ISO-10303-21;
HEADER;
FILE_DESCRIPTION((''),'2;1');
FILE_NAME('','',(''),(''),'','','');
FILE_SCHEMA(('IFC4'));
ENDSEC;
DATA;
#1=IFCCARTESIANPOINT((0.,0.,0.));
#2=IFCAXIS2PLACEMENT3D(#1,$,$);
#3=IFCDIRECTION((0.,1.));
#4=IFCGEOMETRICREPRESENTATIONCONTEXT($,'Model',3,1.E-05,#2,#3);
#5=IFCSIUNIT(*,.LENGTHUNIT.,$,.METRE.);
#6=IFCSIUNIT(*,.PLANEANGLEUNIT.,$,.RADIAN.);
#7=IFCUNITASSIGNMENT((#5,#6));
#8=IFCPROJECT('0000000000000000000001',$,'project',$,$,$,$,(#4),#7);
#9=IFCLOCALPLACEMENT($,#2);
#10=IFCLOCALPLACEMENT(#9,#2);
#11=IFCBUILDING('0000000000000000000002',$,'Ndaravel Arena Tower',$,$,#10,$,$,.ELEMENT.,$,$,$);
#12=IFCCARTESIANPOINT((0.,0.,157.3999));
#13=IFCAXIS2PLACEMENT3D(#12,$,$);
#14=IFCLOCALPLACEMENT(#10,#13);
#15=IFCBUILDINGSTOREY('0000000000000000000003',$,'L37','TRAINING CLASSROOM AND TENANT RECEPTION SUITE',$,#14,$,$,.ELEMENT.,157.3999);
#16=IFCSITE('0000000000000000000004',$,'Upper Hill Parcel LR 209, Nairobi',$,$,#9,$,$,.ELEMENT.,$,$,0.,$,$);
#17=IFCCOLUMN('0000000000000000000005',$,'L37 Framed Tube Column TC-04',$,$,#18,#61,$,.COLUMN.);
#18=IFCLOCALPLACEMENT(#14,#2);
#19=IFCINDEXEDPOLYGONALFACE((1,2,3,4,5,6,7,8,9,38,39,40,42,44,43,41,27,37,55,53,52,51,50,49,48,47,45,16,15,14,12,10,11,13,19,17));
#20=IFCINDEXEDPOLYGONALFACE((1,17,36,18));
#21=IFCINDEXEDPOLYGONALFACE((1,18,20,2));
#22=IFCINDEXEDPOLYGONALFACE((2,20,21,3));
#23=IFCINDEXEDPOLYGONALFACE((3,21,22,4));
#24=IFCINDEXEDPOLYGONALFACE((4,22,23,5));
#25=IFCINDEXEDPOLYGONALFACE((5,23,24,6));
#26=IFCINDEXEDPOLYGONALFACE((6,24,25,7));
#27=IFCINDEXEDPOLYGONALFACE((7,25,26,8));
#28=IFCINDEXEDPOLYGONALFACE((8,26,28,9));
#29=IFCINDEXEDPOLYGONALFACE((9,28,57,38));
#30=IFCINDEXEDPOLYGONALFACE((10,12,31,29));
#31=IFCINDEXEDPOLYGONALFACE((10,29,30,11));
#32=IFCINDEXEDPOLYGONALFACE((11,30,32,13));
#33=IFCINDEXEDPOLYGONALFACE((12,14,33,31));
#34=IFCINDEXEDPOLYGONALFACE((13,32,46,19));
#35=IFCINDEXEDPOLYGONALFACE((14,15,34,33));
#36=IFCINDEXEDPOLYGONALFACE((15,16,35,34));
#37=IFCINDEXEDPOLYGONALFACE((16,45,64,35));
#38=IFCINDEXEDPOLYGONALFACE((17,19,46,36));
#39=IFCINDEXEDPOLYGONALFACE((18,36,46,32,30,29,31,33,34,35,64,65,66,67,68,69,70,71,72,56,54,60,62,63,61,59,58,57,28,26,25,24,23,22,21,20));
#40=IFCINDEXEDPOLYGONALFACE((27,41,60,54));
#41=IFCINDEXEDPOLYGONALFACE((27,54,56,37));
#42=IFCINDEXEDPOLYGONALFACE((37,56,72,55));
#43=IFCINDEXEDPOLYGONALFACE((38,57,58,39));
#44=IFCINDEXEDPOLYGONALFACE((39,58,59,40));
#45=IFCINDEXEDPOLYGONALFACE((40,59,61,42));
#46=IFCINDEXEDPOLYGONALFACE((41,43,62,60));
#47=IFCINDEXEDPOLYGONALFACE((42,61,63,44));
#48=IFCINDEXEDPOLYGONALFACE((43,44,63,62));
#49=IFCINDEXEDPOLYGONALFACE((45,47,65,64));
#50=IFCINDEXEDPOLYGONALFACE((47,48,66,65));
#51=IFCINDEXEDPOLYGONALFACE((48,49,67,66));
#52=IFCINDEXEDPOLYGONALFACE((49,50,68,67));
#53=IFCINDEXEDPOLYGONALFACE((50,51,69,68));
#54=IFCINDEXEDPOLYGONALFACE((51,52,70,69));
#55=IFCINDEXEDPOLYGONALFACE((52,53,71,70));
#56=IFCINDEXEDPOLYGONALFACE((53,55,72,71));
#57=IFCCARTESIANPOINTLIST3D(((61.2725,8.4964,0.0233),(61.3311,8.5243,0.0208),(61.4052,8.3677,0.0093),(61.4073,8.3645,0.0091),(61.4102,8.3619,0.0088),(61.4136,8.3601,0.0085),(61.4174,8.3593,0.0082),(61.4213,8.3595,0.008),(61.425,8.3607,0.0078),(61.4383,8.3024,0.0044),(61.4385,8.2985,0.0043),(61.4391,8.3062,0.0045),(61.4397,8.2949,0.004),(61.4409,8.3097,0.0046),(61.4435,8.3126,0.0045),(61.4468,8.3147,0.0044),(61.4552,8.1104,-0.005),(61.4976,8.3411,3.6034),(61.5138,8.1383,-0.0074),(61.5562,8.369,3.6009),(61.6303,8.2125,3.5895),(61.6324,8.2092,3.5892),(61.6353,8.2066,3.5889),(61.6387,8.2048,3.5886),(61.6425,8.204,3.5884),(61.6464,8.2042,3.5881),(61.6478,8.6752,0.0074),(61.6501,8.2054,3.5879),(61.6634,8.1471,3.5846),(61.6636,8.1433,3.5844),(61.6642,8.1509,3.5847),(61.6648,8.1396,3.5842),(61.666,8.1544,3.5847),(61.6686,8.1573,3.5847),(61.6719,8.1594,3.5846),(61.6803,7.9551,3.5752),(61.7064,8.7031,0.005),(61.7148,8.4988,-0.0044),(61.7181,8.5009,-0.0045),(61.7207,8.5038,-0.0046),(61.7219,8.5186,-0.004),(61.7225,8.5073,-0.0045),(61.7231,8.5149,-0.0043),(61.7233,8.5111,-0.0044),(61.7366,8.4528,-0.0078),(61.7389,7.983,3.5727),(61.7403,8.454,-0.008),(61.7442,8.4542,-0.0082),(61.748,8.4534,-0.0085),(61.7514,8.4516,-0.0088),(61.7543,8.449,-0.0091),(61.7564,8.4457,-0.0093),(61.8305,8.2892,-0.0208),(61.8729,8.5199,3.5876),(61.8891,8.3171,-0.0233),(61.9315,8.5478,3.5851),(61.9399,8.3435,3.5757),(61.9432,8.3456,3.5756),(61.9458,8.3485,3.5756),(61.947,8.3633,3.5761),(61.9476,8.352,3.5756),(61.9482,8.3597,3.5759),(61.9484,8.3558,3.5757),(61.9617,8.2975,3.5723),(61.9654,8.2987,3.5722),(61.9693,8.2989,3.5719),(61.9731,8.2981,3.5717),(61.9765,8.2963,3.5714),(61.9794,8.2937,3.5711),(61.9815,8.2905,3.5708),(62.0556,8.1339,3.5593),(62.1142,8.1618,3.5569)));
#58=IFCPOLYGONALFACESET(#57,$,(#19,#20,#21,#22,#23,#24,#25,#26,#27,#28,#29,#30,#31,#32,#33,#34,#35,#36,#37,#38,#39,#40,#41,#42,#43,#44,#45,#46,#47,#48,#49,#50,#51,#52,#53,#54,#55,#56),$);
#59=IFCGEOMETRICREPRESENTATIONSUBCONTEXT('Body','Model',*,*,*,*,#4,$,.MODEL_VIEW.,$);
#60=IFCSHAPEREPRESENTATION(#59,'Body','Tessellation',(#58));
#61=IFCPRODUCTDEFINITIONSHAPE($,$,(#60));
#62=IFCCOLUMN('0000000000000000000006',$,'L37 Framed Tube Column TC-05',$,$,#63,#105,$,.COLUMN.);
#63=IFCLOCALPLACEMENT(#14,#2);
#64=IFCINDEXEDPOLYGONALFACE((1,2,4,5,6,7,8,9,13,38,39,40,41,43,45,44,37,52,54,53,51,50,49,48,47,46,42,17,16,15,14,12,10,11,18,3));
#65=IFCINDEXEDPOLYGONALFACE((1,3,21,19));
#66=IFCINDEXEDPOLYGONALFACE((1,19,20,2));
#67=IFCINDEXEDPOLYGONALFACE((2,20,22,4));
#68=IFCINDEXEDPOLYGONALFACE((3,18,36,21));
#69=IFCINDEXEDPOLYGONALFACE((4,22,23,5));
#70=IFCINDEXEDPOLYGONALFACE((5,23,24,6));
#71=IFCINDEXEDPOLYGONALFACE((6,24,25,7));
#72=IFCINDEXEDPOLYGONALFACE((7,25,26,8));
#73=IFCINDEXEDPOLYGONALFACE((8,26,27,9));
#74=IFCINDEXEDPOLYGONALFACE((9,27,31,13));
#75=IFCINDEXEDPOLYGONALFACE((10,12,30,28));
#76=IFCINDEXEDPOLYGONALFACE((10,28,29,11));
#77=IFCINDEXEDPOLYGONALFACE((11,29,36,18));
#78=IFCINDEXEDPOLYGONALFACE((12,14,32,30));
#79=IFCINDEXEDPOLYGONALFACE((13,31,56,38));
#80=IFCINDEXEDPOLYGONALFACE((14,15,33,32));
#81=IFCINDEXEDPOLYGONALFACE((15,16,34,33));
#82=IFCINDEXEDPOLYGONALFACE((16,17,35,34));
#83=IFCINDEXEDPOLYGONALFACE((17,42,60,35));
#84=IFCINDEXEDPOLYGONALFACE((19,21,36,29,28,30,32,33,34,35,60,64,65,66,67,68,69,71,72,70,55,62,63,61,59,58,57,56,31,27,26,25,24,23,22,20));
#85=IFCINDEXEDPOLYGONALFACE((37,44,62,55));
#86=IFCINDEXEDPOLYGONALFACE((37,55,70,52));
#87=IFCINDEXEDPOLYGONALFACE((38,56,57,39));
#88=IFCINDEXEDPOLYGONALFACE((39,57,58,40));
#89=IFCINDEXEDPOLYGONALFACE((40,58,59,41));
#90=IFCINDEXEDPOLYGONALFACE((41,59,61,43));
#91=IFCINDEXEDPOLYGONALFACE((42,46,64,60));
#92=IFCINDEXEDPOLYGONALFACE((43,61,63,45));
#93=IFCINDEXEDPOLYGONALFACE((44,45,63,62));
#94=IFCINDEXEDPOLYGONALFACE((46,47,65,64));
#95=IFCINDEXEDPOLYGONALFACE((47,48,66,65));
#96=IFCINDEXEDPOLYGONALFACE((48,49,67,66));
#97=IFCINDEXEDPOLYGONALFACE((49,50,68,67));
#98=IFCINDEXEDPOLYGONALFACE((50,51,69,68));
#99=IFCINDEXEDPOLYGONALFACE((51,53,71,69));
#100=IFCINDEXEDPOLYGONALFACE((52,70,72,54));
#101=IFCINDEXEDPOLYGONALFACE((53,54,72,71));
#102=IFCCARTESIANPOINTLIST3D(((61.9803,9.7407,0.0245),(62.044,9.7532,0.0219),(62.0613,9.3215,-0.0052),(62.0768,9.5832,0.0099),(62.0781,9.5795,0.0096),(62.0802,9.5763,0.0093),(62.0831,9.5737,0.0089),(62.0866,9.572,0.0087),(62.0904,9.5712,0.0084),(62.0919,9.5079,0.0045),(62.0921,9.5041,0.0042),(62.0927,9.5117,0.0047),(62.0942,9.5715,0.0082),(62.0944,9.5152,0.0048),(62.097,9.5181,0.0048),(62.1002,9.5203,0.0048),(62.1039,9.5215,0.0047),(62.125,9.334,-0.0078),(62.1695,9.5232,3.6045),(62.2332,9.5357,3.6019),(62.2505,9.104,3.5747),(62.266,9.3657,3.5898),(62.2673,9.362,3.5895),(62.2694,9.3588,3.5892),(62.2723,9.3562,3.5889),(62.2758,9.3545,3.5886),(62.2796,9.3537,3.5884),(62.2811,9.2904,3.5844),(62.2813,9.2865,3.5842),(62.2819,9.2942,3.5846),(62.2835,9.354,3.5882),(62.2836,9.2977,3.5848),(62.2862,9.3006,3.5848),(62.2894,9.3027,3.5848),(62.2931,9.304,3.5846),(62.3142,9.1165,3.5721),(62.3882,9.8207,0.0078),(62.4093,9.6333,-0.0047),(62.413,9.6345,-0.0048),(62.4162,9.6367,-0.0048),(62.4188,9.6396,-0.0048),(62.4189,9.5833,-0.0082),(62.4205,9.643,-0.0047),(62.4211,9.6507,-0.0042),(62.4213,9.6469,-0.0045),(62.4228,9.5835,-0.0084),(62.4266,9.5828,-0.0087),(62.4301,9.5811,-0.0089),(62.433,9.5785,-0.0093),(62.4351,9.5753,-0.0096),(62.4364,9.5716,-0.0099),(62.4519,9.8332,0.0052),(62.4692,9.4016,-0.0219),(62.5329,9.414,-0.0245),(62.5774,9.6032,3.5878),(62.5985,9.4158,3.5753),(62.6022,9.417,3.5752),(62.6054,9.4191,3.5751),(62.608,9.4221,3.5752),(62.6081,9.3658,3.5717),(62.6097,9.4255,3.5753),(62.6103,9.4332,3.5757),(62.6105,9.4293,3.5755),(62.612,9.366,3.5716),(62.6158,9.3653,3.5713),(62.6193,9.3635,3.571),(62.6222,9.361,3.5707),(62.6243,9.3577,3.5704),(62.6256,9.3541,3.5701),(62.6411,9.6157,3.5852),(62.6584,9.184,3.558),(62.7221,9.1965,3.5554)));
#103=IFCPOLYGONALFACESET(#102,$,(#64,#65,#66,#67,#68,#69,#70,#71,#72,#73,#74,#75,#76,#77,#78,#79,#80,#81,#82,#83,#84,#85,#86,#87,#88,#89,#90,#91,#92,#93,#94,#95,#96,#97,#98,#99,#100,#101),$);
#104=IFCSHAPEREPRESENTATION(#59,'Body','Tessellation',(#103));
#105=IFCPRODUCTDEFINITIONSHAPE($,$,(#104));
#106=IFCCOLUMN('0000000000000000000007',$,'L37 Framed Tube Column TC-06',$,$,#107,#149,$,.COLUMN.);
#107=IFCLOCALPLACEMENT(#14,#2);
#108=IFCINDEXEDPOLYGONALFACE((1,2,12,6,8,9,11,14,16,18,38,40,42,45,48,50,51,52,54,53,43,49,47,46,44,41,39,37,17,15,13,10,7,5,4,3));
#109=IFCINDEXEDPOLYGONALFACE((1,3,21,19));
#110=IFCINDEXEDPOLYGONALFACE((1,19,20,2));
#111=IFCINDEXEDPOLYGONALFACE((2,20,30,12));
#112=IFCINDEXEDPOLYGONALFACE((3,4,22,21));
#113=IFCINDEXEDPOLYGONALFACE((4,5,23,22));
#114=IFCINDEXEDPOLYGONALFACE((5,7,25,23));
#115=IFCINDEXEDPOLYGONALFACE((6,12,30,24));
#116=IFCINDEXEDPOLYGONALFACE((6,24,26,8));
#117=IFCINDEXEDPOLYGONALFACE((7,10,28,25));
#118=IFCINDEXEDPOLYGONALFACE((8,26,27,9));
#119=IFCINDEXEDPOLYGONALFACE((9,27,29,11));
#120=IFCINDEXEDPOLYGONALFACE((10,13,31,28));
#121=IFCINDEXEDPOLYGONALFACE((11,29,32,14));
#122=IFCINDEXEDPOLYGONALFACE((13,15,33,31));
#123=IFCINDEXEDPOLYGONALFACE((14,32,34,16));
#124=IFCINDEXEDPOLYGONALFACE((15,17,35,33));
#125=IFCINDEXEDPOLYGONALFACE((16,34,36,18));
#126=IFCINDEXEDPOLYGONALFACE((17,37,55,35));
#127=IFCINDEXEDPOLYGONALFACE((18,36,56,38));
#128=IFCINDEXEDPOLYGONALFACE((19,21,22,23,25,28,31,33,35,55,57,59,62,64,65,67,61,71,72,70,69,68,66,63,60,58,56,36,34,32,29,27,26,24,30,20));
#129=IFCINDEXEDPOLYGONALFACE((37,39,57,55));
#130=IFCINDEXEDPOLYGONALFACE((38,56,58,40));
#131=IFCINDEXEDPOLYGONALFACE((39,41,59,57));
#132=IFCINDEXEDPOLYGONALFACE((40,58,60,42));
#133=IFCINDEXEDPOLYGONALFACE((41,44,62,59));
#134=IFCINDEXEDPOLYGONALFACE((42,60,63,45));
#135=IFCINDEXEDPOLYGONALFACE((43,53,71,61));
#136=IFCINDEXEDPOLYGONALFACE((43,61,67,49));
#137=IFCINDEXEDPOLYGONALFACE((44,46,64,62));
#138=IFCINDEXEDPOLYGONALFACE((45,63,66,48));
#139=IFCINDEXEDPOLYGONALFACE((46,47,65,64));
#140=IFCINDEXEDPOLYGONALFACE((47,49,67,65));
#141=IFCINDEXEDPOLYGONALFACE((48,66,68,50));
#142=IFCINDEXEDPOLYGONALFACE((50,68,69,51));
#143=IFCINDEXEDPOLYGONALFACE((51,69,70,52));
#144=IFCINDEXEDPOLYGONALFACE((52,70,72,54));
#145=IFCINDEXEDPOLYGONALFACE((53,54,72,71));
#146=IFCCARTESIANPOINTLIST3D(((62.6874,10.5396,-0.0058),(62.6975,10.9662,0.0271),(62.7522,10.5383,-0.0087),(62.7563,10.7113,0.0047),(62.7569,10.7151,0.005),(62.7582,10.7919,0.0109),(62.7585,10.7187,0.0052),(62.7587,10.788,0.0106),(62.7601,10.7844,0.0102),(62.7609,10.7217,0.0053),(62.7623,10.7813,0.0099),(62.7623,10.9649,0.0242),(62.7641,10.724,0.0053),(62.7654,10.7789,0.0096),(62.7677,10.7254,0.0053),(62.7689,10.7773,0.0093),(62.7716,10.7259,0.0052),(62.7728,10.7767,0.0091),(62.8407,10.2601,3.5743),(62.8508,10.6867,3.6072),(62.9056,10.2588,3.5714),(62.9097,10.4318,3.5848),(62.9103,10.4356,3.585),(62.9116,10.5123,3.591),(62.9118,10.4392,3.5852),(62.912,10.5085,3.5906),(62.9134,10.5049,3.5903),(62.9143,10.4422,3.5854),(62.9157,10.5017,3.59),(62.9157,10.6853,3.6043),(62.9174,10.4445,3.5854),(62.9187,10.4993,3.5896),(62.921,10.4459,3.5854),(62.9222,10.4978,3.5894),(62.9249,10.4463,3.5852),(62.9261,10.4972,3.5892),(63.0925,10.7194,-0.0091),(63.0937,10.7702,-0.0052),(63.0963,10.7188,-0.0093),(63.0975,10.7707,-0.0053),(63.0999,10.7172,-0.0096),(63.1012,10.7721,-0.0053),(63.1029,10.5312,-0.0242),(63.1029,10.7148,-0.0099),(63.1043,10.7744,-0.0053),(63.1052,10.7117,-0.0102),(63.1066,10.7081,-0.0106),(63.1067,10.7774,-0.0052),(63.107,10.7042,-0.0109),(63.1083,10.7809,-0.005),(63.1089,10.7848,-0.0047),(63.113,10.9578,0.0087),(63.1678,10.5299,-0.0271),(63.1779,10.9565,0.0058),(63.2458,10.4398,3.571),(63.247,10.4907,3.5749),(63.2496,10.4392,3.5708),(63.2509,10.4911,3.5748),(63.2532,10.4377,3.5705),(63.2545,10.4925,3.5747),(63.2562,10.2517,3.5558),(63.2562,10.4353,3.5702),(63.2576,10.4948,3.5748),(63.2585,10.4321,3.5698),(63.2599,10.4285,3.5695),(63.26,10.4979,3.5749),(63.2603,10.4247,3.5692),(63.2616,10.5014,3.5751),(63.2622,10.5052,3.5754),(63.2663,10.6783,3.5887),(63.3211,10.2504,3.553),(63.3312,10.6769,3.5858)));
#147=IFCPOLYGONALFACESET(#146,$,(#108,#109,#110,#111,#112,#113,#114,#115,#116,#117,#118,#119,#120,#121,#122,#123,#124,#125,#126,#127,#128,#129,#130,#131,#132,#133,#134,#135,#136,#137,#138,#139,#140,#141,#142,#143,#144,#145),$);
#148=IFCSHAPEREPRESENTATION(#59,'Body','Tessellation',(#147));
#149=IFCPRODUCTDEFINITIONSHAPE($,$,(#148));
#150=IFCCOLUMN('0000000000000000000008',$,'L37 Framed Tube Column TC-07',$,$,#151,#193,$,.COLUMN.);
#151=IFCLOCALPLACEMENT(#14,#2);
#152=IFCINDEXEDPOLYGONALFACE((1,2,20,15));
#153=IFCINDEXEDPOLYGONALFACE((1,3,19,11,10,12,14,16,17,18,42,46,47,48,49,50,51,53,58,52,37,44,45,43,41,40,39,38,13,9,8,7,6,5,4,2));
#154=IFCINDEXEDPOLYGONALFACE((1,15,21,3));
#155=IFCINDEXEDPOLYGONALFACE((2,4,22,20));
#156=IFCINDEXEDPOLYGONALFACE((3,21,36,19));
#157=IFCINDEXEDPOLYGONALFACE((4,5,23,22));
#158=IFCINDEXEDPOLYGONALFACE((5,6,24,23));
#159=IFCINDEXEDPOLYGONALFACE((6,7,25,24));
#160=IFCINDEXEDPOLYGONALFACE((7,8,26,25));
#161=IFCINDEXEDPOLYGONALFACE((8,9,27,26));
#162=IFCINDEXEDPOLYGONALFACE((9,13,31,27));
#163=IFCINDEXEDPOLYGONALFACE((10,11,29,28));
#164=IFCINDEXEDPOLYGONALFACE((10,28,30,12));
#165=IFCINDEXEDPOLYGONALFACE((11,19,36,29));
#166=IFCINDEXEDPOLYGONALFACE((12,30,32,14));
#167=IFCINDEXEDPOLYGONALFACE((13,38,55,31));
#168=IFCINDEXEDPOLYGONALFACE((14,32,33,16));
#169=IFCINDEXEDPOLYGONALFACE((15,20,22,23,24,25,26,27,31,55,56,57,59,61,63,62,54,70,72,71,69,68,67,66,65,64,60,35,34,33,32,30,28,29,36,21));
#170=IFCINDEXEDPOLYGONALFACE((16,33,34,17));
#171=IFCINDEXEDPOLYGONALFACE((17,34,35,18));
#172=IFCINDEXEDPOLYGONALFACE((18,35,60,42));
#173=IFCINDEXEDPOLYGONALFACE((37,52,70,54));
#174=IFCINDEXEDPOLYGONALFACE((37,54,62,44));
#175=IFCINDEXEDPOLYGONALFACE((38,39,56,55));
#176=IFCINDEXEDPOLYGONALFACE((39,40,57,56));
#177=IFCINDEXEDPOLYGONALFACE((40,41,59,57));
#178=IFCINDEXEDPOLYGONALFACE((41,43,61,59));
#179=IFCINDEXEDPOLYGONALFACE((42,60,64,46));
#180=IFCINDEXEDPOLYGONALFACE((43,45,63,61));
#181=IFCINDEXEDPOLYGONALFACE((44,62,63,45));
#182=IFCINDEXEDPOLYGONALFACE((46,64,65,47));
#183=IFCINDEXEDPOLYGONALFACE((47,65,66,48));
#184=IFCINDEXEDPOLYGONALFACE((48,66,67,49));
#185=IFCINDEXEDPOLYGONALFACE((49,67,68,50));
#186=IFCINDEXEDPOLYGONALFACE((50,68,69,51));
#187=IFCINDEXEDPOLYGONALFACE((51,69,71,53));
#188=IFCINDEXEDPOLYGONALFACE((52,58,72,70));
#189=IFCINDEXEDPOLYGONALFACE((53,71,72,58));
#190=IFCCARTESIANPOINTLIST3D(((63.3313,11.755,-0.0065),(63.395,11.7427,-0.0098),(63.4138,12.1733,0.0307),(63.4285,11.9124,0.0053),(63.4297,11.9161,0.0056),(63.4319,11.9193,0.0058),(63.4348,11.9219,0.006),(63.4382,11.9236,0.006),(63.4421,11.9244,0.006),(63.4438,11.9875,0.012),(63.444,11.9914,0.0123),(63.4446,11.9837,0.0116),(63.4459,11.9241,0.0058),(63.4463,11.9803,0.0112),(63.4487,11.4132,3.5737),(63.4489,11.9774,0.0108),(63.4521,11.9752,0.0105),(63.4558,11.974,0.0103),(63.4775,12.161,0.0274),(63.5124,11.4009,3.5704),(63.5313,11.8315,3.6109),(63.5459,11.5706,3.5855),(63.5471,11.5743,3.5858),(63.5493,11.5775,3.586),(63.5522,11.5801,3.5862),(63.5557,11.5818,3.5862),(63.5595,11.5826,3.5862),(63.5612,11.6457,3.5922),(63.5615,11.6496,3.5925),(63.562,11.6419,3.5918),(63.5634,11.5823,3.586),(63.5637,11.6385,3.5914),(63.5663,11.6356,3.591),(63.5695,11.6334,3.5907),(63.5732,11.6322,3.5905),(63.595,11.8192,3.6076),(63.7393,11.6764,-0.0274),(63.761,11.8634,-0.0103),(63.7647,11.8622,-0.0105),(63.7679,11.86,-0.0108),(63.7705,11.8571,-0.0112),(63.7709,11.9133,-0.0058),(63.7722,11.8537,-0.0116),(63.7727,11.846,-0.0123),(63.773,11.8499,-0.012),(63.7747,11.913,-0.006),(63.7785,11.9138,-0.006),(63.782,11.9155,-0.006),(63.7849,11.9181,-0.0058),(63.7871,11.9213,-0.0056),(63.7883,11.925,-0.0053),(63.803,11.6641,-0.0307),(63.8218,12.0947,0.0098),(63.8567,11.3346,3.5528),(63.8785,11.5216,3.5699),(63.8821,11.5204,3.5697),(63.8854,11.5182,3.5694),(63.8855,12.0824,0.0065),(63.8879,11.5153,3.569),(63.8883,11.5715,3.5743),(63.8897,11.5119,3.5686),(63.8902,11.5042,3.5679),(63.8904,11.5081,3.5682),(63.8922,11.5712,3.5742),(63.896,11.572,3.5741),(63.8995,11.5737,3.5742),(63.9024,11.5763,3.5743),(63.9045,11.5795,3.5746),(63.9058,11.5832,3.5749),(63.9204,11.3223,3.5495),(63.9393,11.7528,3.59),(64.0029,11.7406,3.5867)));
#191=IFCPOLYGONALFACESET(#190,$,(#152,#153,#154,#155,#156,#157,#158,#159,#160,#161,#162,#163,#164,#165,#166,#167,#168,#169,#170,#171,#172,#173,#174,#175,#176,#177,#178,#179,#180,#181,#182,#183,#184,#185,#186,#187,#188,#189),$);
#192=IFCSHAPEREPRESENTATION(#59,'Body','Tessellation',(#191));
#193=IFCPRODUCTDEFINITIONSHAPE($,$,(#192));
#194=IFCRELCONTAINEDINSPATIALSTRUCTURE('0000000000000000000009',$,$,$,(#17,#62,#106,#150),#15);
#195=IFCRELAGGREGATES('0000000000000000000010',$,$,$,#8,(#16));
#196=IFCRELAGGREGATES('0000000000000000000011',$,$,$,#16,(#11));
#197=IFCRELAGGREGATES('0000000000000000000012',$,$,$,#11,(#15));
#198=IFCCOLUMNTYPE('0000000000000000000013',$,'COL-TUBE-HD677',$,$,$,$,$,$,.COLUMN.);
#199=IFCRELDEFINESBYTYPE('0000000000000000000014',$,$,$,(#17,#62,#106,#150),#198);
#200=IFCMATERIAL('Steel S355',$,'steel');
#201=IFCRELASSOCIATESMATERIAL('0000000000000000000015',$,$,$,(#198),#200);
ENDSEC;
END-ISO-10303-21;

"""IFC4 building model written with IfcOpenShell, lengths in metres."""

from ifc_helpers import new_model, si_unit, direction, frame, origin, origin_2d, place, context, subcontext, project, spatial, i_section, extrude, material, material_profile, profile_set, type_object, element, save


model = new_model("IFC4")

# Units and contexts
model_context = context("Model", 3, precision=1e-05, world=origin(), true_north=direction((0.0, 1.0)))
body_context = subcontext(model_context, "Body", "Model", "MODEL_VIEW")
ifc_project = project(units=[si_unit("LENGTHUNIT", "METRE"), si_unit("PLANEANGLEUNIT", "RADIAN")], contexts=[model_context])

# Site, building, storey
site_placement = place(None, origin())
site = spatial("IfcSite", under=ifc_project, at=site_placement, Name="Upper Hill Parcel LR 209, Nairobi", CompositionType="ELEMENT", RefElevation=0.0)
building_placement = place(site_placement, origin())
building = spatial("IfcBuilding", under=site, at=building_placement, Name="Ndaravel Arena Tower", CompositionType="ELEMENT")
storey_placement = place(building_placement, frame((0.0, 0.0, 157.3999)))
storey = spatial("IfcBuildingStorey", under=building, at=storey_placement, Name="L37", Description="TRAINING CLASSROOM AND TENANT RECEPTION SUITE", CompositionType="ELEMENT", Elevation=157.3999)

# Columns
ifc_material_1 = material(Name="Steel S355", Category="steel")
ifc_material_profile_1 = material_profile(ifc_material_1, i_section(OverallWidth=0.428, OverallDepth=0.481, WebThickness=0.051, FlangeThickness=0.0649, FilletRadius=0.0149, at=origin_2d()), Name="HD 400x677")
ifc_profile_set_1 = profile_set([ifc_material_profile_1], Name="Steel S355")
column_type = type_object("IfcColumnType", Name="COL-TUBE-HD677", PredefinedType="COLUMN", material=ifc_profile_set_1)
column_1_placement = place(storey_placement, frame((61.5808, 8.4067, 0.0), z_axis=(0.062692, -0.043246, 0.997096), x_axis=(-0.426895, 0.901893, 0.065957)))
element("IfcColumn", 1, at=column_1_placement, inside=storey, type_object=column_type, Name="L37 Framed Tube Column TC-04", PredefinedType="COLUMN", context=body_context, shape_type="SweptSolid", body=[
    extrude(i_section(OverallWidth=0.428, OverallDepth=0.481, WebThickness=0.051, FlangeThickness=0.0649, FilletRadius=0.0149, at=origin_2d()), origin(), (0.0, 0.0, 1.0), 3.5906),
])
column_2_placement = place(storey_placement, frame((62.2566, 9.5774, 0.0), z_axis=(0.05268, -0.060565, 0.996773), x_axis=(-0.189267, 0.979462, 0.069516)))
element("IfcColumn", 2, at=column_2_placement, inside=storey, type_object=column_type, Name="L37 Framed Tube Column TC-05", PredefinedType="COLUMN", context=body_context, shape_type="SweptSolid", body=[
    extrude(i_section(OverallWidth=0.428, OverallDepth=0.481, WebThickness=0.051, FlangeThickness=0.0649, FilletRadius=0.0149, at=origin_2d()), origin(), (0.0, 0.0, 1.0), 3.5916),
])
column_3_placement = place(storey_placement, frame((62.9326, 10.748, 0.0), z_axis=(0.042657, -0.077775, 0.996058), x_axis=(0.02357, 0.996766, 0.07682)))
element("IfcColumn", 3, at=column_3_placement, inside=storey, type_object=column_type, Name="L37 Framed Tube Column TC-06", PredefinedType="COLUMN", context=body_context, shape_type="SweptSolid", body=[
    extrude(i_section(OverallWidth=0.428, OverallDepth=0.481, WebThickness=0.051, FlangeThickness=0.0649, FilletRadius=0.0149, at=origin_2d()), origin(), (0.0, 0.0, 1.0), 3.5942),
])
column_4_placement = place(storey_placement, frame((63.6084, 11.9187, 0.0), z_axis=(0.032636, -0.094989, 0.994943), x_axis=(0.192896, 0.977356, 0.086983)))
element("IfcColumn", 4, at=column_4_placement, inside=storey, type_object=column_type, Name="L37 Framed Tube Column TC-07", PredefinedType="COLUMN", context=body_context, shape_type="SweptSolid", body=[
    extrude(i_section(OverallWidth=0.428, OverallDepth=0.481, WebThickness=0.051, FlangeThickness=0.0649, FilletRadius=0.0149, at=origin_2d()), origin(), (0.0, 0.0, 1.0), 3.5984),
])

save(model, "model.ifc")
